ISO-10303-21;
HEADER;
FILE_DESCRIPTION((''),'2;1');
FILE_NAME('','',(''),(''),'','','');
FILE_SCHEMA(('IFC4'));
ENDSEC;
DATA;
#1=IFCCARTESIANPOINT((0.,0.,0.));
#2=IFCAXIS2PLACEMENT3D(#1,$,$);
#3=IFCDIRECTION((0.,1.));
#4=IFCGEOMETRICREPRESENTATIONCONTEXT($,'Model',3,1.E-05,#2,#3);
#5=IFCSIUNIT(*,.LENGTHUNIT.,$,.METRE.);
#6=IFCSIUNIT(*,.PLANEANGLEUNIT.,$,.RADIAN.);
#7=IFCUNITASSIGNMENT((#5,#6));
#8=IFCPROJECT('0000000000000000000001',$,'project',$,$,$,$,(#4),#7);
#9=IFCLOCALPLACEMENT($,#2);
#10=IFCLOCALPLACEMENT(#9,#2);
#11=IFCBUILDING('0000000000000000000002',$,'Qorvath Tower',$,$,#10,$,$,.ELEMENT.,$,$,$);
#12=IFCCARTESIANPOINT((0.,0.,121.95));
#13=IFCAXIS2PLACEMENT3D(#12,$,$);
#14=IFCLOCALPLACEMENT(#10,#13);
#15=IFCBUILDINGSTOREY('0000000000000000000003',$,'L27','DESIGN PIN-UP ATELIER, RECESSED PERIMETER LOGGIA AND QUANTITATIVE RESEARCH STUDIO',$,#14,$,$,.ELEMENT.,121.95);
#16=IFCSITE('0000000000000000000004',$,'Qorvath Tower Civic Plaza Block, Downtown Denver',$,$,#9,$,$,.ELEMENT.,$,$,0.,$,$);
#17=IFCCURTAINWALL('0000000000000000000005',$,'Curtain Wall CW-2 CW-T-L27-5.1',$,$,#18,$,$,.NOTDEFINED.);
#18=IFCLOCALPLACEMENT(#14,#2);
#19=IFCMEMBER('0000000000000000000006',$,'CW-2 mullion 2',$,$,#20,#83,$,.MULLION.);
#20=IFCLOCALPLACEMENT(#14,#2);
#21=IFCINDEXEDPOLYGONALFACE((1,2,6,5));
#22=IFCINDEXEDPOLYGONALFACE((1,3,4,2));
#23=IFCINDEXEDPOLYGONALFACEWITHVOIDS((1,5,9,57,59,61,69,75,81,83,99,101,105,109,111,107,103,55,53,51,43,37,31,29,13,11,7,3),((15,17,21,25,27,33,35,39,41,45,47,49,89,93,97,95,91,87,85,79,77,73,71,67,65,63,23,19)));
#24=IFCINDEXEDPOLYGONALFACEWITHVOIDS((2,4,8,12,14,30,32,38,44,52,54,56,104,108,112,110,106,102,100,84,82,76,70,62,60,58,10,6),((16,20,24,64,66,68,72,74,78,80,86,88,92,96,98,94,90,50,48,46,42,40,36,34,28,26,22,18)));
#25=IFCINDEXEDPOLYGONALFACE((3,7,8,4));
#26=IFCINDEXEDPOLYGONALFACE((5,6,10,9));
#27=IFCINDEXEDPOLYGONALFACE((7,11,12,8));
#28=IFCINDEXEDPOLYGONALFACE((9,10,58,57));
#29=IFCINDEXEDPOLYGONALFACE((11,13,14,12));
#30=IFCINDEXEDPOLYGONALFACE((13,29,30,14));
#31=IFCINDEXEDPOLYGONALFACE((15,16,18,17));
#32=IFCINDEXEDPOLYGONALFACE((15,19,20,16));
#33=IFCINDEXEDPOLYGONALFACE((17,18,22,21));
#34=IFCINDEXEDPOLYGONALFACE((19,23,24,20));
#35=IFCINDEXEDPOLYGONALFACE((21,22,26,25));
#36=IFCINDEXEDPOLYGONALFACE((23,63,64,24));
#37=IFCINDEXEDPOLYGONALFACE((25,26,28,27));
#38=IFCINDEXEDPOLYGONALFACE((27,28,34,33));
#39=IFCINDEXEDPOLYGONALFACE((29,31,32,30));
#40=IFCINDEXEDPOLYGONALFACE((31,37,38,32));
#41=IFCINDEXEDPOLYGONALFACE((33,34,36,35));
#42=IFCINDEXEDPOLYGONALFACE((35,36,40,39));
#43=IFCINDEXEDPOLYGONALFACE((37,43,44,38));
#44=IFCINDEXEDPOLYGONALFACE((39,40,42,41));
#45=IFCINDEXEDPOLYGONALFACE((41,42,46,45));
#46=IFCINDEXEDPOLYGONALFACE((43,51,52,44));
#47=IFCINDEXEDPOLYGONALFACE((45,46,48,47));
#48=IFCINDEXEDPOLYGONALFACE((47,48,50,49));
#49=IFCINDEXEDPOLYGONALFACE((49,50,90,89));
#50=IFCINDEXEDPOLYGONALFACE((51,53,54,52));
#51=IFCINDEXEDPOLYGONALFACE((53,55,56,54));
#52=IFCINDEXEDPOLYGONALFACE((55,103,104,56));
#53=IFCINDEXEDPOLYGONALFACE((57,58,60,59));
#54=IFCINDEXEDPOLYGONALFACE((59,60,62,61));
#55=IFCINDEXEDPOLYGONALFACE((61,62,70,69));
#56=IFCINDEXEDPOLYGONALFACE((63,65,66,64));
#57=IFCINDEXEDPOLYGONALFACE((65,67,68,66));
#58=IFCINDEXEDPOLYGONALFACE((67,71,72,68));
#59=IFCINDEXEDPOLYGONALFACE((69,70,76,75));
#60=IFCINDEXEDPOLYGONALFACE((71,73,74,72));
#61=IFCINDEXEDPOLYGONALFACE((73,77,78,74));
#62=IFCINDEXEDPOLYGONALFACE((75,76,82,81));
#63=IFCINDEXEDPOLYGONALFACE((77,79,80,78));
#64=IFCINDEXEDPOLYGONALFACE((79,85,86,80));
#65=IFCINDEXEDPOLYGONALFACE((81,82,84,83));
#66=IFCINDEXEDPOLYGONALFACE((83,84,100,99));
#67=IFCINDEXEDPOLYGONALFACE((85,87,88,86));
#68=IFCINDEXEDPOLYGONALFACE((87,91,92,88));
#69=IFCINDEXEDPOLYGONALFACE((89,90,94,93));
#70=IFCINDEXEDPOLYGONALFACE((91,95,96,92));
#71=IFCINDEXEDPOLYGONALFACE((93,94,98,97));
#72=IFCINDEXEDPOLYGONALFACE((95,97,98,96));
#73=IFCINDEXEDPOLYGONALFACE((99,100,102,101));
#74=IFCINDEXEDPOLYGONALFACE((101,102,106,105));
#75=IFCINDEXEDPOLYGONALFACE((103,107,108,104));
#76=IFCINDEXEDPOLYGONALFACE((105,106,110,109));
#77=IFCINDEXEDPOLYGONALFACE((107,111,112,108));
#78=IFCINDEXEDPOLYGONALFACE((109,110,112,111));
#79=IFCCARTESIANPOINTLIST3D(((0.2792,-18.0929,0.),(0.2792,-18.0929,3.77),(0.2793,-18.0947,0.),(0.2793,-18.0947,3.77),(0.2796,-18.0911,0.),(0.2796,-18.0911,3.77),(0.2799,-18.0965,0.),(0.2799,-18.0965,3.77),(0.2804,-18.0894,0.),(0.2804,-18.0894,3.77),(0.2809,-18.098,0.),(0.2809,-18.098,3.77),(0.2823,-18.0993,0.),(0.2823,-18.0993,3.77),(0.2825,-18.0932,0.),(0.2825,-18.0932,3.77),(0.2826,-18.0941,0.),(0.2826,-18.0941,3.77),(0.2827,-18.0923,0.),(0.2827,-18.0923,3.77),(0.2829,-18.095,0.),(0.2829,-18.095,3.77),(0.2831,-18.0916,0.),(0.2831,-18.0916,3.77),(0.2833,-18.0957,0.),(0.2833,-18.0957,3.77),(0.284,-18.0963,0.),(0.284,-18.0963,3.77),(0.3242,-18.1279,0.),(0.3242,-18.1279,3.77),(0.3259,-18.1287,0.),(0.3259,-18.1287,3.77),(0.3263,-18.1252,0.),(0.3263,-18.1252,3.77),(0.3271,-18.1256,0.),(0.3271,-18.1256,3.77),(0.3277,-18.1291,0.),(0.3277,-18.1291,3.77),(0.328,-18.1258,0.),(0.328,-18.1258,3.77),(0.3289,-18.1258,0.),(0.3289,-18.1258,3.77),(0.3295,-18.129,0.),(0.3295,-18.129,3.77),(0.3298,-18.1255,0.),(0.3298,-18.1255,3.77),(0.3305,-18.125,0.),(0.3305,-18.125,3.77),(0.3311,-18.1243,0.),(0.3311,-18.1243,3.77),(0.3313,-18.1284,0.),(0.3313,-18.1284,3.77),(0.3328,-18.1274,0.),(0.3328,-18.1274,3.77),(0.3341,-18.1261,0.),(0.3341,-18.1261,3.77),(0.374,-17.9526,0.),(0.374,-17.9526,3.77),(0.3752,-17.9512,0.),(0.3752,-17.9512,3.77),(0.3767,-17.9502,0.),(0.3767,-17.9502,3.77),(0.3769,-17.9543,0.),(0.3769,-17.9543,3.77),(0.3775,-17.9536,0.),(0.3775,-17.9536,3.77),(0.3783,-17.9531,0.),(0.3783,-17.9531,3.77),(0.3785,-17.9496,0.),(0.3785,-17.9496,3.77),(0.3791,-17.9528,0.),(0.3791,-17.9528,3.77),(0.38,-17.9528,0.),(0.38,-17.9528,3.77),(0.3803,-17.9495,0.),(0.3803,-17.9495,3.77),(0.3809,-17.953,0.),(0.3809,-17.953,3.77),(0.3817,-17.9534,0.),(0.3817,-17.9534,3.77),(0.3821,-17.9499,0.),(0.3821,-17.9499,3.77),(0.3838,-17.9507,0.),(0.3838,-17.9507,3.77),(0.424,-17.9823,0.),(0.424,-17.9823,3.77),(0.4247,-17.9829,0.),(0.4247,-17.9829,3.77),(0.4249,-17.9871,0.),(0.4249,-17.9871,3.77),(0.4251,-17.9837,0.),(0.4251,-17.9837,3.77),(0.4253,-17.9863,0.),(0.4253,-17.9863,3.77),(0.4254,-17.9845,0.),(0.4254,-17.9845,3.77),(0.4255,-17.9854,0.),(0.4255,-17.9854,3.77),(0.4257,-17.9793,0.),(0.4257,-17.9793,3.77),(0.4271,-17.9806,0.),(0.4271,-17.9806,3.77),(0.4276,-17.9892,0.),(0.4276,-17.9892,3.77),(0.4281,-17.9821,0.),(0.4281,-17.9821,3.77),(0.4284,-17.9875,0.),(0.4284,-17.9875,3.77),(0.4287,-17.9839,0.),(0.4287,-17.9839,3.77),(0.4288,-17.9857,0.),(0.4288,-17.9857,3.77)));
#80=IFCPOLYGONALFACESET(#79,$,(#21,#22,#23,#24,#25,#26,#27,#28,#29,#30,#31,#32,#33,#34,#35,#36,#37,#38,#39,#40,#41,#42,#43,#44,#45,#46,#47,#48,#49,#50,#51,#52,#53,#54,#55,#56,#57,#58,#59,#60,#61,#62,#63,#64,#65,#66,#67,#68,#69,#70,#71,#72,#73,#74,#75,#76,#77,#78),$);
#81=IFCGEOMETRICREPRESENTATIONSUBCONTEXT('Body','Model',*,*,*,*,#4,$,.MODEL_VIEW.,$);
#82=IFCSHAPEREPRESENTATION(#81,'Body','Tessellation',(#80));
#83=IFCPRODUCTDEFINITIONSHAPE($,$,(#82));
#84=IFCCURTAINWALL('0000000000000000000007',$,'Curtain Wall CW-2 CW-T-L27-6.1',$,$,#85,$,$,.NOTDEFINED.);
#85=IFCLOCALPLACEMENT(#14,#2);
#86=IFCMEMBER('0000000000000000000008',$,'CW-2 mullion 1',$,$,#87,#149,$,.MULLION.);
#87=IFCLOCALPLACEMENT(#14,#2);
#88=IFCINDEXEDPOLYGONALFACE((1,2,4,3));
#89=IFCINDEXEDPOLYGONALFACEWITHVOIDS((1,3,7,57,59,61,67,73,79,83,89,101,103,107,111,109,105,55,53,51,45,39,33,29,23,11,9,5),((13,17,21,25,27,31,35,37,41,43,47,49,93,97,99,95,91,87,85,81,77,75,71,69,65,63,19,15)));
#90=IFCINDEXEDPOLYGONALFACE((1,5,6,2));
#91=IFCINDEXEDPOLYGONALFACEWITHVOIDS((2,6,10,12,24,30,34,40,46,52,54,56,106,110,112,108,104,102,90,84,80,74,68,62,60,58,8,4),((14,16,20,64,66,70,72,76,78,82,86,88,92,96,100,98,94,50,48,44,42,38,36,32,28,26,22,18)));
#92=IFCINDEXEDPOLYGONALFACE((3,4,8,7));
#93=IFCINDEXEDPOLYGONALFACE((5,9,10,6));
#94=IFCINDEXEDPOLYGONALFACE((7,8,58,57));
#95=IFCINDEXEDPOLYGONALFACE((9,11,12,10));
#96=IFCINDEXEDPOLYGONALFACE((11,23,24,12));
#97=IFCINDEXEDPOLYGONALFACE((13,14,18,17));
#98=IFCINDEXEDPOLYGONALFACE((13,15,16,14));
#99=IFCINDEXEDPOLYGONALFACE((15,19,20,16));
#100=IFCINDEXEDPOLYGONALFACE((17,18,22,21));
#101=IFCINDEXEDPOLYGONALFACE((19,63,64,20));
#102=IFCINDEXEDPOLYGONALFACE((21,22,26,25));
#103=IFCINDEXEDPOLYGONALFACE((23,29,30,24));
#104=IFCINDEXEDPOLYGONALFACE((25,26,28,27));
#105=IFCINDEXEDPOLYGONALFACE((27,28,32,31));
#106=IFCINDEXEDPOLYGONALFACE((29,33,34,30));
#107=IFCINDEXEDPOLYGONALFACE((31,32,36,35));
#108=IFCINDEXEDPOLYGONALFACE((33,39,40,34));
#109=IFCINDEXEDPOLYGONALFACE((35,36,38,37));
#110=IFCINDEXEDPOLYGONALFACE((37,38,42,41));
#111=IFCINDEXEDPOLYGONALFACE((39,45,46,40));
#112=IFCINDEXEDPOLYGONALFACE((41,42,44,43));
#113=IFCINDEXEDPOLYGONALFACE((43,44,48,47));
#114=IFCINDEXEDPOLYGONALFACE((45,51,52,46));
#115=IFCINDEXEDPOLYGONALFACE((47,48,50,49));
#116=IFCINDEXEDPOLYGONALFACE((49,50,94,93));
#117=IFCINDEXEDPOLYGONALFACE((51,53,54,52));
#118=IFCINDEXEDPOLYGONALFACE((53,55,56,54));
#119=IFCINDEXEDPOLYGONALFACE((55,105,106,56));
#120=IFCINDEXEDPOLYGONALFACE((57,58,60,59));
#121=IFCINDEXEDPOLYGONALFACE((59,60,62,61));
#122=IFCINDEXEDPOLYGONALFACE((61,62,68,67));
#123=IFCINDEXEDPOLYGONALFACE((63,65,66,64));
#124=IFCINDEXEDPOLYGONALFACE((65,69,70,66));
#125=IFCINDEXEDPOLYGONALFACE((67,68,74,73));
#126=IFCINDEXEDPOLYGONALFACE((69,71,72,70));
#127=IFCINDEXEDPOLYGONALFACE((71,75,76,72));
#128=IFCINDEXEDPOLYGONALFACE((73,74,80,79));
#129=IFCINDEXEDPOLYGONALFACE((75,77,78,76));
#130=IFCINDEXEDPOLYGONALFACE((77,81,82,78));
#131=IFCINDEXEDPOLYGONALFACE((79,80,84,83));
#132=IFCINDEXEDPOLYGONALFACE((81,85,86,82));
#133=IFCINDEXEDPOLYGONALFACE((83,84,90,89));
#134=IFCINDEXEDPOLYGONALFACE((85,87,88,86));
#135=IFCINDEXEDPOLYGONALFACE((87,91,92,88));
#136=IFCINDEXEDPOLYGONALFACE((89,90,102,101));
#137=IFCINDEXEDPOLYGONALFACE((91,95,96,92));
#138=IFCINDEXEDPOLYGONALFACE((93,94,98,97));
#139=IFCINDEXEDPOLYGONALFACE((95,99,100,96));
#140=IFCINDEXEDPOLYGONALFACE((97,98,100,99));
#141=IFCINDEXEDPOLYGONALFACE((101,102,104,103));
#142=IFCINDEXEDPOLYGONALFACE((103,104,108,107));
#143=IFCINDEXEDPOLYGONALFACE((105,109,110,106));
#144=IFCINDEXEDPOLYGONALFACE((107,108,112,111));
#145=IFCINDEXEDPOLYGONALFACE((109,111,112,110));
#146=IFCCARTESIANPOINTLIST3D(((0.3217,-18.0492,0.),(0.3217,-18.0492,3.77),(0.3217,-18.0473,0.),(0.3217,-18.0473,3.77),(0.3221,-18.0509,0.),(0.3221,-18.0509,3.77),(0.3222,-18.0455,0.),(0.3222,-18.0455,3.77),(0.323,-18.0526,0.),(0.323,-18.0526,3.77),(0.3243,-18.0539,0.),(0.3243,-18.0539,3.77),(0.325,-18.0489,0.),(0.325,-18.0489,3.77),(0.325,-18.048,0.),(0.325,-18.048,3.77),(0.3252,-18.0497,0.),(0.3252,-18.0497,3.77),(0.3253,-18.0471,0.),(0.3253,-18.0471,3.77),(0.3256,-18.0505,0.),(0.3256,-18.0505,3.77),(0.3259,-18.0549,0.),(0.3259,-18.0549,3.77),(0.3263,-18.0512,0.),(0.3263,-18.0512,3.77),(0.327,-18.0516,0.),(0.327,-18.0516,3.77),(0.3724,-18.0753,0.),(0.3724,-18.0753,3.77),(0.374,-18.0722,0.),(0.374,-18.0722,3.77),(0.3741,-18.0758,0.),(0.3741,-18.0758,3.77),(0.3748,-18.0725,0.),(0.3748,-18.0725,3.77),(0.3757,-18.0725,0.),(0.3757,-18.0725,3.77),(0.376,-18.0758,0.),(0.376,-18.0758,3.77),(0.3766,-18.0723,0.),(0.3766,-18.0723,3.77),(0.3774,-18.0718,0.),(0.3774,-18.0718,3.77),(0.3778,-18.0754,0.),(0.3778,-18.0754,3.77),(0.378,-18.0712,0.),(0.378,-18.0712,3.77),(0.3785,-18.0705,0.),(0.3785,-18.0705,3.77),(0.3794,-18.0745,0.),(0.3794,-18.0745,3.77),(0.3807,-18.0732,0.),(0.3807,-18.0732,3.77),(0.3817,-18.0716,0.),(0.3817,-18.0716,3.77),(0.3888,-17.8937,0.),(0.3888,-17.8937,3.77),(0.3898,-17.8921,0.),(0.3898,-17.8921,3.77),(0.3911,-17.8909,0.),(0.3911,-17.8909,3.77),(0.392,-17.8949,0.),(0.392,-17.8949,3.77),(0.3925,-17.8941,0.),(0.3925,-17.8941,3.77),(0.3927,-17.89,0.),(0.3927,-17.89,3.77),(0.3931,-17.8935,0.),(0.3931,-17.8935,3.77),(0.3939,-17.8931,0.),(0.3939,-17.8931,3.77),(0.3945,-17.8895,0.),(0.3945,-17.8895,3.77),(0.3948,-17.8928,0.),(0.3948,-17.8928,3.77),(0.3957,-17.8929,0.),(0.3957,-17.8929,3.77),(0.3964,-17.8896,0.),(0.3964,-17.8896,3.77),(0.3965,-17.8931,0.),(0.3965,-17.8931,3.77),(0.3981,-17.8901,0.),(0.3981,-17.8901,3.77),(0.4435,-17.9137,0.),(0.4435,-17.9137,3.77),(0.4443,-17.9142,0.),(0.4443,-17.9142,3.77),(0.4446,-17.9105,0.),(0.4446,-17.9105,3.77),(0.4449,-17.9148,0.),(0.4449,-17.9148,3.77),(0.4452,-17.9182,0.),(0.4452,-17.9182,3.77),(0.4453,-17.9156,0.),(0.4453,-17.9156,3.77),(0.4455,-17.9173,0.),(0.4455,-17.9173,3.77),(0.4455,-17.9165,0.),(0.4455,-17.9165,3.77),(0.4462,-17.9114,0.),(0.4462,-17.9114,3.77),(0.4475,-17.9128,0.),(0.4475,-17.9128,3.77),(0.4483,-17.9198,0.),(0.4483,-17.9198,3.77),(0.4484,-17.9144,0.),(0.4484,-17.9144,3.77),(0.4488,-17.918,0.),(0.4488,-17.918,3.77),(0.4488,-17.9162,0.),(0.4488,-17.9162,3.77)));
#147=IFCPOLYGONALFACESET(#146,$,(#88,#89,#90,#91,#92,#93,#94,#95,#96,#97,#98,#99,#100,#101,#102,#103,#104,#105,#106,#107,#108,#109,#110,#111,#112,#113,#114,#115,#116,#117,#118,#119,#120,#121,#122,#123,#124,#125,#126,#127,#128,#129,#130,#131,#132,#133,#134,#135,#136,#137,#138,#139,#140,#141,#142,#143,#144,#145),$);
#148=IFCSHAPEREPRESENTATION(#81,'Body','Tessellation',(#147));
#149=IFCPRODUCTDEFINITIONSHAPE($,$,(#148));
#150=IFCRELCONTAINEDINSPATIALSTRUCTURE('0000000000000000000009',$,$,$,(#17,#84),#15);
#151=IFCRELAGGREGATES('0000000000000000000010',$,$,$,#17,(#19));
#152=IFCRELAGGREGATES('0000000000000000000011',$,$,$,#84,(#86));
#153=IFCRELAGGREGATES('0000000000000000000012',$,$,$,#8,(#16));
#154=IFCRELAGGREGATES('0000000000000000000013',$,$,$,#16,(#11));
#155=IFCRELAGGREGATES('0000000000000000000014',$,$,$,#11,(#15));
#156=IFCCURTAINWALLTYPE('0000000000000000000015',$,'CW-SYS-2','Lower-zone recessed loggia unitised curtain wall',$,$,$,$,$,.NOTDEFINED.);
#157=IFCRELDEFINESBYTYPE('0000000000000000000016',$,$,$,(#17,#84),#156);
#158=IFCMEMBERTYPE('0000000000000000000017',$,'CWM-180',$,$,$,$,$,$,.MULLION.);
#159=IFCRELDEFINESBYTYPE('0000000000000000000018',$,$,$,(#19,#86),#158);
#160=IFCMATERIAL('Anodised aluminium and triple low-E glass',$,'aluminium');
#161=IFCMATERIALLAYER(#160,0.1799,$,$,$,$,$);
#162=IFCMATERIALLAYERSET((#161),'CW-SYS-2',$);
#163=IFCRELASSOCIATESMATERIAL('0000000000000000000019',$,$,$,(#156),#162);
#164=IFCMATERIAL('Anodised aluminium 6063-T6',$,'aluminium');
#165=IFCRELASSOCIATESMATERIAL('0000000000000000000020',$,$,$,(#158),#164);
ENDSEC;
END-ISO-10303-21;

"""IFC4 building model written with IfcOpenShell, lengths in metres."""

from ifc_helpers import new_model, si_unit, direction, frame, origin, origin_2d, place, context, subcontext, project, spatial, hollow_rectangle, extrude, material, layer, layer_set, material_profile, profile_set, type_object, element, aggregate, save


model = new_model("IFC4")

# Units and contexts
model_context = context("Model", 3, precision=1e-05, world=origin(), true_north=direction((0.0, 1.0)))
body_context = subcontext(model_context, "Body", "Model", "MODEL_VIEW")
ifc_project = project(units=[si_unit("LENGTHUNIT", "METRE"), si_unit("PLANEANGLEUNIT", "RADIAN")], contexts=[model_context])

# Site, building, storey
site_placement = place(None, origin())
site = spatial("IfcSite", under=ifc_project, at=site_placement, Name="Qorvath Tower Civic Plaza Block, Downtown Denver", CompositionType="ELEMENT", RefElevation=0.0)
building_placement = place(site_placement, origin())
building = spatial("IfcBuilding", under=site, at=building_placement, Name="Qorvath Tower", CompositionType="ELEMENT")
storey_placement = place(building_placement, frame((0.0, 0.0, 121.95)))
storey = spatial("IfcBuildingStorey", under=building, at=storey_placement, Name="L27", Description="DESIGN PIN-UP ATELIER, RECESSED PERIMETER LOGGIA AND QUANTITATIVE RESEARCH STUDIO", CompositionType="ELEMENT", Elevation=121.95)

# Shared definitions
ifc_material_1 = material(Name="Anodised aluminium and triple low-E glass", Category="aluminium")
ifc_layer_1 = layer(ifc_material_1, 0.1799)
ifc_layer_set_1 = layer_set([ifc_layer_1], Name="CW-SYS-2")
curtain_wall_type = type_object("IfcCurtainWallType", Name="CW-SYS-2", Description="Lower-zone recessed loggia unitised curtain wall", PredefinedType="NOTDEFINED", material=ifc_layer_set_1)
ifc_material_2 = material(Name="Anodised aluminium 6063-T6", Category="aluminium")
ifc_material_profile_1 = material_profile(ifc_material_2, hollow_rectangle(XDim=0.0649, YDim=0.1799, WallThickness=0.0034, InnerFilletRadius=0.0034, OuterFilletRadius=0.0071, at=origin_2d()), Name="CWM 180x65")
ifc_profile_set_1 = profile_set([ifc_material_profile_1], Name="Anodised aluminium 6063-T6")
member_type_1 = type_object("IfcMemberType", Name="CWM-180", PredefinedType="MULLION", material=ifc_profile_set_1)

# Curtain walls, members
curtain_wall_1_placement = place(storey_placement, origin())
curtain_wall_1 = element("IfcCurtainWall", 1, at=curtain_wall_1_placement, inside=storey, type_object=curtain_wall_type, Name="Curtain Wall CW-2 CW-T-L27-5.1", PredefinedType="NOTDEFINED")
member_1_placement = place(storey_placement, frame((0.354, -18.0393, 0.0), z_axis=(0.0, 0.0, 1.0), x_axis=(-0.825663, 0.564164, 0.0)))
member_1 = element("IfcMember", 2, at=member_1_placement, type_object=member_type_1, Name="CW-2 mullion 2", PredefinedType="MULLION", context=body_context, shape_type="SweptSolid", body=[
    extrude(hollow_rectangle(XDim=0.0649, YDim=0.1799, WallThickness=0.0034, InnerFilletRadius=0.0034, OuterFilletRadius=0.0071, at=origin_2d()), origin(), (0.0, 0.0, 1.0), 3.77),
])
curtain_wall_2_placement = place(storey_placement, origin())
curtain_wall_2 = element("IfcCurtainWall", 3, at=curtain_wall_2_placement, inside=storey, type_object=curtain_wall_type, Name="Curtain Wall CW-2 CW-T-L27-6.1", PredefinedType="NOTDEFINED")
member_2_placement = place(storey_placement, frame((0.3853, -17.9827, 0.0), z_axis=(0.0, 0.0, 1.0), x_axis=(-0.915794, 0.401649, 0.0)))
member_2 = element("IfcMember", 4, at=member_2_placement, type_object=member_type_1, Name="CW-2 mullion 1", PredefinedType="MULLION", context=body_context, shape_type="SweptSolid", body=[
    extrude(hollow_rectangle(XDim=0.0649, YDim=0.1799, WallThickness=0.0034, InnerFilletRadius=0.0034, OuterFilletRadius=0.0071, at=origin_2d()), origin(), (0.0, 0.0, 1.0), 3.77),
])

aggregate(curtain_wall_1, [member_1])
aggregate(curtain_wall_2, [member_2])

save(model, "model.ifc")
